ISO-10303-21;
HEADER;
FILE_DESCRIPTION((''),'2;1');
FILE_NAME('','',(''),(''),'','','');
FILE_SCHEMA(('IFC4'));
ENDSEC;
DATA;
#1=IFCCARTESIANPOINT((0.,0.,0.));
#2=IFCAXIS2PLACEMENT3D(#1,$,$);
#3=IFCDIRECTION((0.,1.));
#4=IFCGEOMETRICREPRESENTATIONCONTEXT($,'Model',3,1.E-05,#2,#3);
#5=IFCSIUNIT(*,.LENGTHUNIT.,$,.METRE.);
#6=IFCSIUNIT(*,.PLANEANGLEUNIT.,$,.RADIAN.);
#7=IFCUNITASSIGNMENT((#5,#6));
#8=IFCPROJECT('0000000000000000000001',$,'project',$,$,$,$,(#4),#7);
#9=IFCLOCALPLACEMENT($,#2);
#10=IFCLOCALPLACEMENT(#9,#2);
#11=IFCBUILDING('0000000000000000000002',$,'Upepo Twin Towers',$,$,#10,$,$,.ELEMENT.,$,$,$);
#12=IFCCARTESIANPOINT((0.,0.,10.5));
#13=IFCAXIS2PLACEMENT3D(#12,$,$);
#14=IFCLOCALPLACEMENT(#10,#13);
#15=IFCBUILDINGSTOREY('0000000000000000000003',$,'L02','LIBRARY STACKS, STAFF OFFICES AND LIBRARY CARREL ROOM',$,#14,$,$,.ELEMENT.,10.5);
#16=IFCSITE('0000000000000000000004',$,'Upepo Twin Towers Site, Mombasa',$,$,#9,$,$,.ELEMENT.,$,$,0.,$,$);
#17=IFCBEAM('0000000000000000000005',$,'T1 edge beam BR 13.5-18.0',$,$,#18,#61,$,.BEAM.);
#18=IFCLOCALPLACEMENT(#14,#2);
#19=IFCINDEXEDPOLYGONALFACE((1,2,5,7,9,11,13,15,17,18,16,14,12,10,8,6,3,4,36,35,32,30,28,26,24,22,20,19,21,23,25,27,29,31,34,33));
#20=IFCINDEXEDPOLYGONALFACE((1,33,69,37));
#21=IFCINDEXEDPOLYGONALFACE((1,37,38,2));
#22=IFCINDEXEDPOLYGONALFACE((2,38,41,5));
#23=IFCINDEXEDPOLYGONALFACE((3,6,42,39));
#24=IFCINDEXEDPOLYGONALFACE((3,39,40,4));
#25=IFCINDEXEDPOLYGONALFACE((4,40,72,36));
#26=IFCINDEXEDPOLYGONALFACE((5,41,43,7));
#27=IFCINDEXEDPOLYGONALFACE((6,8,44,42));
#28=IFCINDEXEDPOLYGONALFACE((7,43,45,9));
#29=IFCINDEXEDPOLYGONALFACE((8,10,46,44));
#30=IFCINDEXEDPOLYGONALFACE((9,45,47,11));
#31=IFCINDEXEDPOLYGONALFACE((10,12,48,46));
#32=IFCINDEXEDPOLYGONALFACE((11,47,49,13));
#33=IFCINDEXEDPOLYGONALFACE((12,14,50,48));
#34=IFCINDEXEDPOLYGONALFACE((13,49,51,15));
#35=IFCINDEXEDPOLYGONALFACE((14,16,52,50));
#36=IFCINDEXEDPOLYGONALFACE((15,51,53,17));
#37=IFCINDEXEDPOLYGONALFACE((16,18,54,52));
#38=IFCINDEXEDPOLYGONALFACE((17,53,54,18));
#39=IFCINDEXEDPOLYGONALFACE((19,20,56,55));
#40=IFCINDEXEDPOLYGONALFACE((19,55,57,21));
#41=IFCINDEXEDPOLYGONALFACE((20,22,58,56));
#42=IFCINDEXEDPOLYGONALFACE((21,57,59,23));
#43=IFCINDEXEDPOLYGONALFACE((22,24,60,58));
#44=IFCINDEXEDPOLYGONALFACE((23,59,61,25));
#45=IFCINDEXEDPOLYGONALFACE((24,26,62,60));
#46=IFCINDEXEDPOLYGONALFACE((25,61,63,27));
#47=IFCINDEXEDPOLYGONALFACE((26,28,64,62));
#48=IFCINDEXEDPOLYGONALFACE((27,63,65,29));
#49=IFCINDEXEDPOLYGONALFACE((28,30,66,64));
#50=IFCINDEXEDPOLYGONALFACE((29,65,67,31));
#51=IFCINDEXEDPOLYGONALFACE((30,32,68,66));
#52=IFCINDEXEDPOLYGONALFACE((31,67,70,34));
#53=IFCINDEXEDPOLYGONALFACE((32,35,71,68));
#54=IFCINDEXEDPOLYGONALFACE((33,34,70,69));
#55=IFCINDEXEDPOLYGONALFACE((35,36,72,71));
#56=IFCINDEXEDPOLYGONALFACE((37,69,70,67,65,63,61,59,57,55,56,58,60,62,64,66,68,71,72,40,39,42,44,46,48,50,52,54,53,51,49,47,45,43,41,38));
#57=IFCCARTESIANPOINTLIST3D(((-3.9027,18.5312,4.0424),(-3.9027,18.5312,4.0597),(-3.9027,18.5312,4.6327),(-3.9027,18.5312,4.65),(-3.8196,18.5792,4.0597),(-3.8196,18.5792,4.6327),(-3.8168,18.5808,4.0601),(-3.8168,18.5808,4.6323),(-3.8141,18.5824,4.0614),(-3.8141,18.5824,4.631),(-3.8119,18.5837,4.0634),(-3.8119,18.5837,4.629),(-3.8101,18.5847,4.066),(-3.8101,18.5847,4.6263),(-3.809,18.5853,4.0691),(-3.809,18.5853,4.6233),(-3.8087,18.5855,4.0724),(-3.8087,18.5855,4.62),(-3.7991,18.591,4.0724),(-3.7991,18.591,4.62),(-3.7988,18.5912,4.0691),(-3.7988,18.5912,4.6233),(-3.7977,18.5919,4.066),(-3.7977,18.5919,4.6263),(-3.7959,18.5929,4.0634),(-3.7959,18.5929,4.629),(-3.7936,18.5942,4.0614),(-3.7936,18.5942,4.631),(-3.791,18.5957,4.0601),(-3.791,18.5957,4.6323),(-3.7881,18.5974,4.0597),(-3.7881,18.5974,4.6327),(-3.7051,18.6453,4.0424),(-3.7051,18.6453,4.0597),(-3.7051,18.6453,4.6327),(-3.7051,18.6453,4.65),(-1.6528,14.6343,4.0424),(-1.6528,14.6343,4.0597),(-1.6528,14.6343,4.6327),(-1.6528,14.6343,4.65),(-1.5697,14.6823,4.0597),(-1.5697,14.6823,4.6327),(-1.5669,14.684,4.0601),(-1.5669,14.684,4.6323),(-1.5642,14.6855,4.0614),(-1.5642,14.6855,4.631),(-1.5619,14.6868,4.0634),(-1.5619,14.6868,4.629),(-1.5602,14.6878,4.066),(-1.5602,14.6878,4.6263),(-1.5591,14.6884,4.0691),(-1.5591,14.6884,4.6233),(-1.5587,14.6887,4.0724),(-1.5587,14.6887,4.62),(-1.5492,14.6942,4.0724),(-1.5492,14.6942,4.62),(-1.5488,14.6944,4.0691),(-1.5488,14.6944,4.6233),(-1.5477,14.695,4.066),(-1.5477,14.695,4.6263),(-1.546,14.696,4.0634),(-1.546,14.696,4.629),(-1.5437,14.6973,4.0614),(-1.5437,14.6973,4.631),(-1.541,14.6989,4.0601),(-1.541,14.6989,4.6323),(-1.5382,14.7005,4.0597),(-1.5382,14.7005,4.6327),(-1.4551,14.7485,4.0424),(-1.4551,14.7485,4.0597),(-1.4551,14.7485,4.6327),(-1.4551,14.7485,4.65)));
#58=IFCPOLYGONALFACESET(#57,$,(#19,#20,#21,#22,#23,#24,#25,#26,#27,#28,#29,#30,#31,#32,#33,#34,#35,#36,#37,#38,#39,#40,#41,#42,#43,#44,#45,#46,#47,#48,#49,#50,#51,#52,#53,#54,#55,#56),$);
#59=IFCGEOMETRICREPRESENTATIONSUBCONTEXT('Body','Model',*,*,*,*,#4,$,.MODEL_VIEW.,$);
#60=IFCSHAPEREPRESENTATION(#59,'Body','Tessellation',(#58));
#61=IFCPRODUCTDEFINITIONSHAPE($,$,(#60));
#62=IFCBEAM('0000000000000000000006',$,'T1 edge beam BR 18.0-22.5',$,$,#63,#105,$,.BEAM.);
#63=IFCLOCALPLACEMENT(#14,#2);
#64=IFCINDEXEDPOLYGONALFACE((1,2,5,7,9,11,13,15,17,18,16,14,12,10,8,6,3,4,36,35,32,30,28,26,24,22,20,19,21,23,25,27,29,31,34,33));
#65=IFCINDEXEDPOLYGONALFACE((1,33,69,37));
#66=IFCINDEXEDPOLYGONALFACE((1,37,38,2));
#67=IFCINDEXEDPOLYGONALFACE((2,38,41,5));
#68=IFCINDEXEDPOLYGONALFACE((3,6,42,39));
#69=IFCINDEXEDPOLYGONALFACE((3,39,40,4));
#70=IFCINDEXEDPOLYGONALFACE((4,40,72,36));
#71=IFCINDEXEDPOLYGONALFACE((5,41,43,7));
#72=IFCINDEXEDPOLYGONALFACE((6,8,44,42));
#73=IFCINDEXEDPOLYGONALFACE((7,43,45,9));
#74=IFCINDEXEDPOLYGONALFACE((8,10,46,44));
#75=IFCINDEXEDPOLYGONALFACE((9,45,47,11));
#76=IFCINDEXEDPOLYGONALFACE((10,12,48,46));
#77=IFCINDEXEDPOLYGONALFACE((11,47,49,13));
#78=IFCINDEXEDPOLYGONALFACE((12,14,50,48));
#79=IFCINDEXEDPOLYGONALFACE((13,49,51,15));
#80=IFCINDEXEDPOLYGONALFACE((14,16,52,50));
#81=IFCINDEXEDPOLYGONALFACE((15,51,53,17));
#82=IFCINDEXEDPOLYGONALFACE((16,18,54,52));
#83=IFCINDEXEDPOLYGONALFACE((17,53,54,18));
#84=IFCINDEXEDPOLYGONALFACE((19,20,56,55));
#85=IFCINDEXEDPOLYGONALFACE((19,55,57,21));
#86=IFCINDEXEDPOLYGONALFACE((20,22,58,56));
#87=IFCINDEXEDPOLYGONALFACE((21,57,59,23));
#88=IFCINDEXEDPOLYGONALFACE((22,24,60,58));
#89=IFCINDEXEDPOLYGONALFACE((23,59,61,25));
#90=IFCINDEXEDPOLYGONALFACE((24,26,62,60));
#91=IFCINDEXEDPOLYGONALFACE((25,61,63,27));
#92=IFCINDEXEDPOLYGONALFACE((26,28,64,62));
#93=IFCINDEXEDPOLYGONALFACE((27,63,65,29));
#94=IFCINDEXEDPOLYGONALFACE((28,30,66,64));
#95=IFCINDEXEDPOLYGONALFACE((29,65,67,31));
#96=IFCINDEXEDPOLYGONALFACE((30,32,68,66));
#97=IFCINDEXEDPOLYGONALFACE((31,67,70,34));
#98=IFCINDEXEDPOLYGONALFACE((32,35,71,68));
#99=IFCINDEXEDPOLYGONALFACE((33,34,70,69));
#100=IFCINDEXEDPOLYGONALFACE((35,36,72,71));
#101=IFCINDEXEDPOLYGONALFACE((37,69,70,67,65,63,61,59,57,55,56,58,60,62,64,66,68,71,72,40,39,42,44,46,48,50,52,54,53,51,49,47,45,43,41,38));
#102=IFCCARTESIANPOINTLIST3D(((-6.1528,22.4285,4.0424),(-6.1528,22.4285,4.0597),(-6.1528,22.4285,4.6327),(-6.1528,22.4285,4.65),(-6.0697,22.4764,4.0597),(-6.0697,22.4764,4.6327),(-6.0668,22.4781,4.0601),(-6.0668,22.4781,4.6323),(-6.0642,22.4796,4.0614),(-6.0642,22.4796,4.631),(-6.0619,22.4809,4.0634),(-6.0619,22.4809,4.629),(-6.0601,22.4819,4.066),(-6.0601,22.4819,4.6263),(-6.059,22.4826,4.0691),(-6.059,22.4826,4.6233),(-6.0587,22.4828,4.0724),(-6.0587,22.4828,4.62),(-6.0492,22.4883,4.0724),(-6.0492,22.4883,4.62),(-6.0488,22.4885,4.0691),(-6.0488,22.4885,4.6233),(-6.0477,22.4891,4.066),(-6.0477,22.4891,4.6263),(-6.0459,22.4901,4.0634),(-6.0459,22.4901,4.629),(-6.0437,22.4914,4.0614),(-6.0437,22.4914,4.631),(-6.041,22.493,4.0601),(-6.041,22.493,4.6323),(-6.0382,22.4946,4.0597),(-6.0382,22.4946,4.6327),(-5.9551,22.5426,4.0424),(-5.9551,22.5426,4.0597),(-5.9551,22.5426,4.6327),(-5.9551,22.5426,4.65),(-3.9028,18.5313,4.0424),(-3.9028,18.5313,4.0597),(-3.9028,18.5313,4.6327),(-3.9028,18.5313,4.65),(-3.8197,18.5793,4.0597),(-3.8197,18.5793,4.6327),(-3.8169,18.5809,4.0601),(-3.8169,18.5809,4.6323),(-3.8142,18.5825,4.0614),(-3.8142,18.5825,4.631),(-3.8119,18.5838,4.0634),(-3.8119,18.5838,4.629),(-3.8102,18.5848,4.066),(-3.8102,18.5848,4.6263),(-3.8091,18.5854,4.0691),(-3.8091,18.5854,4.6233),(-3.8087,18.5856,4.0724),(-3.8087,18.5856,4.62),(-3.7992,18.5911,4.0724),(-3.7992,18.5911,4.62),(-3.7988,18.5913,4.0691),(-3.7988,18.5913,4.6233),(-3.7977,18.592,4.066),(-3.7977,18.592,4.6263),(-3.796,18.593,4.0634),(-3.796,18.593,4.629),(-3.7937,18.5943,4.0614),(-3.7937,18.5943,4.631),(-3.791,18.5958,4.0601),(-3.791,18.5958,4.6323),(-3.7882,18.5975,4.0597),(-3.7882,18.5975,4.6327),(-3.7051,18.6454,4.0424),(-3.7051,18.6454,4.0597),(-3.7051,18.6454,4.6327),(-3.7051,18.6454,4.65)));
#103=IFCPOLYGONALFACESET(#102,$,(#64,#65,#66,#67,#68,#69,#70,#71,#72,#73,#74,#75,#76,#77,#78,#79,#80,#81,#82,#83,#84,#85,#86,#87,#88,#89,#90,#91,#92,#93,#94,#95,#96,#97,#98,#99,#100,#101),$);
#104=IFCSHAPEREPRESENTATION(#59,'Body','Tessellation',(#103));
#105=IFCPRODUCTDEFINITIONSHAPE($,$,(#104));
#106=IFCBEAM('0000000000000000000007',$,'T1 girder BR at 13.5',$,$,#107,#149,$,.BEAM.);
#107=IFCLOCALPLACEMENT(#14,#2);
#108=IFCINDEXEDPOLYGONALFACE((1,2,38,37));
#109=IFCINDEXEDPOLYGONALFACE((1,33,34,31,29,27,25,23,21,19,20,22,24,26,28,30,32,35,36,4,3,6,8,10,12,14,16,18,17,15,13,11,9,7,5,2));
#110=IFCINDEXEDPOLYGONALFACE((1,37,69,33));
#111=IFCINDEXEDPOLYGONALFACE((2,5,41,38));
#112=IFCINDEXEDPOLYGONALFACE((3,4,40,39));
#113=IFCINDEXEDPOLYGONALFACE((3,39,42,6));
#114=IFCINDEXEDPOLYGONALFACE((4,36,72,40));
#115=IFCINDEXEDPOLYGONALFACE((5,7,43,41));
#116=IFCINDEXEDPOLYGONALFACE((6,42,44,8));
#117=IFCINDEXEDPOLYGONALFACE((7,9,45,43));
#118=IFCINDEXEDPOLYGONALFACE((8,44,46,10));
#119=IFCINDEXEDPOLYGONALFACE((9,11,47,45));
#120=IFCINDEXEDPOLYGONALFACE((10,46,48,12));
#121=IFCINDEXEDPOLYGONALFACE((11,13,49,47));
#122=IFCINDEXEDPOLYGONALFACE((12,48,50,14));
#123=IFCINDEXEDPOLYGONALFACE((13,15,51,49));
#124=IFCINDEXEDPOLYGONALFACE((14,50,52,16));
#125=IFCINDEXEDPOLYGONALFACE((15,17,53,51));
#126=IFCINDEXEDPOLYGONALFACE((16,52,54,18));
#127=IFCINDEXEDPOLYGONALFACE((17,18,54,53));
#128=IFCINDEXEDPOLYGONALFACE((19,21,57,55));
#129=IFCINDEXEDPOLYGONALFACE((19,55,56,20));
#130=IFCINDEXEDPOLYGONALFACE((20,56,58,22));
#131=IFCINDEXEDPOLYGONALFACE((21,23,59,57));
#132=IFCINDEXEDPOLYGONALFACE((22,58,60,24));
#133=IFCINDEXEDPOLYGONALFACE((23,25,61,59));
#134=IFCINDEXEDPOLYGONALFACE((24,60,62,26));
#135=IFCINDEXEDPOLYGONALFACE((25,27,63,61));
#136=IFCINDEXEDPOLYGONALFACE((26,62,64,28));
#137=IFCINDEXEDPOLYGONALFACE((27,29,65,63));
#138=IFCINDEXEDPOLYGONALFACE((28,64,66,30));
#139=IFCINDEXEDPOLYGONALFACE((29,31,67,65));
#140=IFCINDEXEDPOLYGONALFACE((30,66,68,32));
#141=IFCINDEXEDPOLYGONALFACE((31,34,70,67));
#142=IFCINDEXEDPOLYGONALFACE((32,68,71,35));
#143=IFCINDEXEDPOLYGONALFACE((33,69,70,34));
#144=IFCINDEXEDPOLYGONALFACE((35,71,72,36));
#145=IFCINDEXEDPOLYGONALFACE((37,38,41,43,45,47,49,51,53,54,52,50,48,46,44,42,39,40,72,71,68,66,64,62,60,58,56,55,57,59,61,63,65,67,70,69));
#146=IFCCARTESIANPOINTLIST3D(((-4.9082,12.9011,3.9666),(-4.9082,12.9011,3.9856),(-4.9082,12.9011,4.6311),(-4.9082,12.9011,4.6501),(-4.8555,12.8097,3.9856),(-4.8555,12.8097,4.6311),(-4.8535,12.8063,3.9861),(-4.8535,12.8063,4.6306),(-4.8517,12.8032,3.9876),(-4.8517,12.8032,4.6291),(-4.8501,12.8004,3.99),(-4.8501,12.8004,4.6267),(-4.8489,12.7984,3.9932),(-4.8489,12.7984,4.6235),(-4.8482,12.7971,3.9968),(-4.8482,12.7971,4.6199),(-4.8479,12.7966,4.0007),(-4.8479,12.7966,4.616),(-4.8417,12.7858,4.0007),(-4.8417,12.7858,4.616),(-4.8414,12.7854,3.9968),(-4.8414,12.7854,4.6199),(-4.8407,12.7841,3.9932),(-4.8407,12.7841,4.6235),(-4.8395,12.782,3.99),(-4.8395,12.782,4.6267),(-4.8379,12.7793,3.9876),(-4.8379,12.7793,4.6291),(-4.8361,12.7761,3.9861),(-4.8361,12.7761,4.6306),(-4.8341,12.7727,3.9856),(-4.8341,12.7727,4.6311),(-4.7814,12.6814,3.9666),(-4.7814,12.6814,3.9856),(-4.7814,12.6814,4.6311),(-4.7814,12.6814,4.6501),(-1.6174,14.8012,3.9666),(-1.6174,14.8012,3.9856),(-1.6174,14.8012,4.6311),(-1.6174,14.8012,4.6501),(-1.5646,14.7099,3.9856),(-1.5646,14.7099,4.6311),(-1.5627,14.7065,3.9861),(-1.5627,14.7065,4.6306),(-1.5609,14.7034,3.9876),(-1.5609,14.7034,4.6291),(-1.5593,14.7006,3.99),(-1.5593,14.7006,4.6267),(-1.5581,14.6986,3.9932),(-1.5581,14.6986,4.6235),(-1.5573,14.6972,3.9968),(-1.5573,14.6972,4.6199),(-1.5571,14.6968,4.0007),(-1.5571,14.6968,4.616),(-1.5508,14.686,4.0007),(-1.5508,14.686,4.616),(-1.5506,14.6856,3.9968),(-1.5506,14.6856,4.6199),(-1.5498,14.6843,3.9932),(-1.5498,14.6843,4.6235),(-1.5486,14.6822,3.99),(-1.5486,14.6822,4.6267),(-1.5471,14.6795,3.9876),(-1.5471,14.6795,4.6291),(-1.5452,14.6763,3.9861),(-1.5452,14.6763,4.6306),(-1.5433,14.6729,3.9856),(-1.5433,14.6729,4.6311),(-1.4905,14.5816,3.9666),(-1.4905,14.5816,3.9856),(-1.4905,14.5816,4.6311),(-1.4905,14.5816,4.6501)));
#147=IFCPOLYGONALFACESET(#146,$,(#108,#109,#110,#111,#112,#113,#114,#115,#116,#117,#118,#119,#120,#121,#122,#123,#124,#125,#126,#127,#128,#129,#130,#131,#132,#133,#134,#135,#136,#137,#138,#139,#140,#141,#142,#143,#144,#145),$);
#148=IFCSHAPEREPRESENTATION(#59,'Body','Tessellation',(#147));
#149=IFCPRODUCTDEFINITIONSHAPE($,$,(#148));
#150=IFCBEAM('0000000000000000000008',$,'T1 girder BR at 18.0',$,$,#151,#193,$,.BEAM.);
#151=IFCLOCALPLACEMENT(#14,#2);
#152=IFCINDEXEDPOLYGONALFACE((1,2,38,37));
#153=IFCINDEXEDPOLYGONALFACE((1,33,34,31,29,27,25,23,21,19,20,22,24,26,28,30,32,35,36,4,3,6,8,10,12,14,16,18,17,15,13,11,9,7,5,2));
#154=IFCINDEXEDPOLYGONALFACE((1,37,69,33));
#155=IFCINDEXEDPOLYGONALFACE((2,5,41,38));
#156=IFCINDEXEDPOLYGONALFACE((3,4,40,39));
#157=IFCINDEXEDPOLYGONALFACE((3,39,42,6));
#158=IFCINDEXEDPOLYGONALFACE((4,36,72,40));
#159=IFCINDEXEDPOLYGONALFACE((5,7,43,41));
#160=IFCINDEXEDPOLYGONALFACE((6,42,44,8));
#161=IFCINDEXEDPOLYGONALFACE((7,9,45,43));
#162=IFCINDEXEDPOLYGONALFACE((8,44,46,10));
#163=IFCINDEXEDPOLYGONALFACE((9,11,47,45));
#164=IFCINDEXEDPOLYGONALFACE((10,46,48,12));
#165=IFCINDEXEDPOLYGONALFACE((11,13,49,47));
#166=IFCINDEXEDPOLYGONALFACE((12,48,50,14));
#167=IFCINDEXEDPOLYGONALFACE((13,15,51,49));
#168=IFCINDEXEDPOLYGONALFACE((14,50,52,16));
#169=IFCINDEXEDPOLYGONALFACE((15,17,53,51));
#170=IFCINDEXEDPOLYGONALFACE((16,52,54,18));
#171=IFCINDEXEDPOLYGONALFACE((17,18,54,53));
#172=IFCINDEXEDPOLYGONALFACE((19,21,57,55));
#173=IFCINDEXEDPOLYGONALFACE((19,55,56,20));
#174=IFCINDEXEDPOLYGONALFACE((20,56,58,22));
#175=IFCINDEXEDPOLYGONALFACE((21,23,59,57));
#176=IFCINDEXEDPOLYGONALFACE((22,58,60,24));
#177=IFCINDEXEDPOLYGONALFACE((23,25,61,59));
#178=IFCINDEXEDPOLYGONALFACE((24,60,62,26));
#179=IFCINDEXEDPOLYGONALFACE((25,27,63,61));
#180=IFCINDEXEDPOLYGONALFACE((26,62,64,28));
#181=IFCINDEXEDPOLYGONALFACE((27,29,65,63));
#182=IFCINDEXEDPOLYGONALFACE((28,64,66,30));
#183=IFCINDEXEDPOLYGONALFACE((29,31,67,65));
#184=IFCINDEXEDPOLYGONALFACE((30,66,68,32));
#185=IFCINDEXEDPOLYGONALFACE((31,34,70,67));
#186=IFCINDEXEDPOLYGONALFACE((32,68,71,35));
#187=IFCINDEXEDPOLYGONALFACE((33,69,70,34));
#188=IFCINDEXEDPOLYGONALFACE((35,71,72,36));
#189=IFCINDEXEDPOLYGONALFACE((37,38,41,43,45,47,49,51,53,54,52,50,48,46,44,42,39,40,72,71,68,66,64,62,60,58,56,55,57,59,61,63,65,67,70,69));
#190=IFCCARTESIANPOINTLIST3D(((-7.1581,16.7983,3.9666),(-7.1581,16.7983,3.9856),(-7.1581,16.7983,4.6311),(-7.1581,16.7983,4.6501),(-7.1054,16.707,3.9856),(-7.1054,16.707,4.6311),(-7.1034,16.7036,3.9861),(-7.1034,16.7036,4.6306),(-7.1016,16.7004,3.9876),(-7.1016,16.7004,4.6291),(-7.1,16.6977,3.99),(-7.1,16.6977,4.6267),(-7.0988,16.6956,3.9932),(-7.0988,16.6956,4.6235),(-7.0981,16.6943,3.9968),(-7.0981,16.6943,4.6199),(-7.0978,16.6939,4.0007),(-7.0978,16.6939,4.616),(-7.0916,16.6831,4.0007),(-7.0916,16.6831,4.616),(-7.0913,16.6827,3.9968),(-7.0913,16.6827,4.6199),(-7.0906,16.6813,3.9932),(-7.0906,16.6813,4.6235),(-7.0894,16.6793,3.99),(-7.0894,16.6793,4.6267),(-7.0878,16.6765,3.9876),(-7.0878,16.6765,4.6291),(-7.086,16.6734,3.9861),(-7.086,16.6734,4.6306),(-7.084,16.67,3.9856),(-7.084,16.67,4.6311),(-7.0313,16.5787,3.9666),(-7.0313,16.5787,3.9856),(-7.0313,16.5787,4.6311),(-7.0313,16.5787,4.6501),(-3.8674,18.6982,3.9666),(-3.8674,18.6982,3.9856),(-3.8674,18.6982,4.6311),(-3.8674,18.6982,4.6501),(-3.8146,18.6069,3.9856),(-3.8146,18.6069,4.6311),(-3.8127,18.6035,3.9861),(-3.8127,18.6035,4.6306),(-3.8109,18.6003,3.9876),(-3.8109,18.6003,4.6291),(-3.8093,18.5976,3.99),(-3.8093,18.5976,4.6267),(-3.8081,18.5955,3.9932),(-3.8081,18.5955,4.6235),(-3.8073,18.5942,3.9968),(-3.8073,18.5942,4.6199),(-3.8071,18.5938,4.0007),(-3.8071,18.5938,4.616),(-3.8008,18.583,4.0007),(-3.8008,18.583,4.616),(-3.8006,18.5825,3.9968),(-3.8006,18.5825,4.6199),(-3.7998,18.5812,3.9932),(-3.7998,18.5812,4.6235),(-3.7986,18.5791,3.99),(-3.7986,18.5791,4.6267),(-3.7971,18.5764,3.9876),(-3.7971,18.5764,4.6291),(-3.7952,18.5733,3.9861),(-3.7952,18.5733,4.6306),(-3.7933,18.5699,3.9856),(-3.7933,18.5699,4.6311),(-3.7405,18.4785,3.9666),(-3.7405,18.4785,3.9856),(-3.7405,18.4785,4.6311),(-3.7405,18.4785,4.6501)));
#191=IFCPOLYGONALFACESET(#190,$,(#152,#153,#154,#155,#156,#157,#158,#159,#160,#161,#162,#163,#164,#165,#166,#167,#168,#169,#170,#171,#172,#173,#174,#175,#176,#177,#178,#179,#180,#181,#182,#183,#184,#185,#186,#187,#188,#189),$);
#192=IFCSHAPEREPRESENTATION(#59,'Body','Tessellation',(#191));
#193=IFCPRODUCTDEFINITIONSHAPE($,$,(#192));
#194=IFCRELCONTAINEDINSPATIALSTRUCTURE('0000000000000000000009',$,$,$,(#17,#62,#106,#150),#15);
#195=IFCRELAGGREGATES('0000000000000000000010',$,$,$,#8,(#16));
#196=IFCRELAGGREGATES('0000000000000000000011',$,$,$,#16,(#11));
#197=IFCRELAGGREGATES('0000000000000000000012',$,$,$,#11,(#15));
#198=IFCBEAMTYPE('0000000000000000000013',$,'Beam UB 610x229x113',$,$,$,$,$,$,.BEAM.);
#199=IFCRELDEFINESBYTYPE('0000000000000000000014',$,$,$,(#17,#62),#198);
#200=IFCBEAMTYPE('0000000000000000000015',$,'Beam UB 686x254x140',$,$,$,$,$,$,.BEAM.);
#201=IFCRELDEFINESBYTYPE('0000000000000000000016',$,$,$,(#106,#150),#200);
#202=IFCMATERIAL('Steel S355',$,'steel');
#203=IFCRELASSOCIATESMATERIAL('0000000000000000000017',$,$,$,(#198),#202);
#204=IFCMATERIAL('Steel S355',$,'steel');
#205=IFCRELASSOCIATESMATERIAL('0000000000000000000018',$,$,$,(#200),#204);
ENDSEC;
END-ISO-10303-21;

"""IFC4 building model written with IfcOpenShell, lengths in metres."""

from ifc_helpers import new_model, si_unit, direction, frame, origin, origin_2d, place, context, subcontext, project, spatial, i_section, extrude, material, material_profile, profile_set, type_object, element, save


model = new_model("IFC4")

# Units and contexts
model_context = context("Model", 3, precision=1e-05, world=origin(), true_north=direction((0.0, 1.0)))
body_context = subcontext(model_context, "Body", "Model", "MODEL_VIEW")
ifc_project = project(units=[si_unit("LENGTHUNIT", "METRE"), si_unit("PLANEANGLEUNIT", "RADIAN")], contexts=[model_context])

# Site, building, storey
site_placement = place(None, origin())
site = spatial("IfcSite", under=ifc_project, at=site_placement, Name="Upepo Twin Towers Site, Mombasa", CompositionType="ELEMENT", RefElevation=0.0)
building_placement = place(site_placement, origin())
building = spatial("IfcBuilding", under=site, at=building_placement, Name="Upepo Twin Towers", CompositionType="ELEMENT")
storey_placement = place(building_placement, frame((0.0, 0.0, 10.5)))
storey = spatial("IfcBuildingStorey", under=building, at=storey_placement, Name="L02", Description="LIBRARY STACKS, STAFF OFFICES AND LIBRARY CARREL ROOM", CompositionType="ELEMENT", Elevation=10.5)

# Beams
ifc_material_1 = material(Name="Steel S355", Category="steel")
ifc_material_profile_1 = material_profile(ifc_material_1, i_section(OverallWidth=0.2283, OverallDepth=0.6077, WebThickness=0.011, FlangeThickness=0.0173, FilletRadius=0.0127, at=origin_2d()), Name="UB 610x229x113")
ifc_profile_set_1 = profile_set([ifc_material_profile_1], Name="Steel S355")
beam_type_1 = type_object("IfcBeamType", Name="Beam UB 610x229x113", PredefinedType="BEAM", material=ifc_profile_set_1)
beam_1_placement = place(storey_placement, frame((-1.554, 14.6914, 4.3462), z_axis=(-0.500014, 0.866018, 0.0), x_axis=(-0.866018, -0.500014, 0.0)))
element("IfcBeam", 1, at=beam_1_placement, inside=storey, type_object=beam_type_1, Name="T1 edge beam BR 13.5-18.0", PredefinedType="BEAM", context=body_context, shape_type="SweptSolid", body=[
    extrude(i_section(OverallWidth=0.2283, OverallDepth=0.6077, WebThickness=0.011, FlangeThickness=0.0173, FilletRadius=0.0127, at=origin_2d()), origin(), (0.0, 0.0, 1.0), 4.4998),
])
beam_2_placement = place(storey_placement, frame((-3.804, 18.5884, 4.3462), z_axis=(-0.49999, 0.866031, 0.0), x_axis=(-0.866031, -0.49999, 0.0)))
element("IfcBeam", 2, at=beam_2_placement, inside=storey, type_object=beam_type_1, Name="T1 edge beam BR 18.0-22.5", PredefinedType="BEAM", context=body_context, shape_type="SweptSolid", body=[
    extrude(i_section(OverallWidth=0.2283, OverallDepth=0.6077, WebThickness=0.011, FlangeThickness=0.0173, FilletRadius=0.0127, at=origin_2d()), origin(), (0.0, 0.0, 1.0), 4.5),
])
ifc_material_2 = material(Name="Steel S355", Category="steel")
ifc_material_profile_2 = material_profile(ifc_material_2, i_section(OverallWidth=0.2537, OverallDepth=0.6836, WebThickness=0.0125, FlangeThickness=0.019, FilletRadius=0.0151, at=origin_2d()), Name="UB 686x254x140")
ifc_profile_set_2 = profile_set([ifc_material_profile_2], Name="Steel S355")
beam_type_2 = type_object("IfcBeamType", Name="Beam UB 686x254x140", PredefinedType="BEAM", material=ifc_profile_set_2)
beam_3_placement = place(storey_placement, frame((-1.554, 14.6914, 4.3083), z_axis=(-0.866, -0.500043, 0.0), x_axis=(0.500043, -0.866, 0.0)))
element("IfcBeam", 3, at=beam_3_placement, inside=storey, type_object=beam_type_2, Name="T1 girder BR at 13.5", PredefinedType="BEAM", context=body_context, shape_type="SweptSolid", body=[
    extrude(i_section(OverallWidth=0.2537, OverallDepth=0.6836, WebThickness=0.0125, FlangeThickness=0.019, FilletRadius=0.0151, at=origin_2d()), origin(), (0.0, 0.0, 1.0), 3.8),
])
beam_4_placement = place(storey_placement, frame((-3.804, 18.5884, 4.3083), z_axis=(-0.866028, -0.499995, 0.0), x_axis=(0.499995, -0.866028, 0.0)))
element("IfcBeam", 4, at=beam_4_placement, inside=storey, type_object=beam_type_2, Name="T1 girder BR at 18.0", PredefinedType="BEAM", context=body_context, shape_type="SweptSolid", body=[
    extrude(i_section(OverallWidth=0.2537, OverallDepth=0.6836, WebThickness=0.0125, FlangeThickness=0.019, FilletRadius=0.0151, at=origin_2d()), origin(), (0.0, 0.0, 1.0), 3.7998),
])

save(model, "model.ifc")
